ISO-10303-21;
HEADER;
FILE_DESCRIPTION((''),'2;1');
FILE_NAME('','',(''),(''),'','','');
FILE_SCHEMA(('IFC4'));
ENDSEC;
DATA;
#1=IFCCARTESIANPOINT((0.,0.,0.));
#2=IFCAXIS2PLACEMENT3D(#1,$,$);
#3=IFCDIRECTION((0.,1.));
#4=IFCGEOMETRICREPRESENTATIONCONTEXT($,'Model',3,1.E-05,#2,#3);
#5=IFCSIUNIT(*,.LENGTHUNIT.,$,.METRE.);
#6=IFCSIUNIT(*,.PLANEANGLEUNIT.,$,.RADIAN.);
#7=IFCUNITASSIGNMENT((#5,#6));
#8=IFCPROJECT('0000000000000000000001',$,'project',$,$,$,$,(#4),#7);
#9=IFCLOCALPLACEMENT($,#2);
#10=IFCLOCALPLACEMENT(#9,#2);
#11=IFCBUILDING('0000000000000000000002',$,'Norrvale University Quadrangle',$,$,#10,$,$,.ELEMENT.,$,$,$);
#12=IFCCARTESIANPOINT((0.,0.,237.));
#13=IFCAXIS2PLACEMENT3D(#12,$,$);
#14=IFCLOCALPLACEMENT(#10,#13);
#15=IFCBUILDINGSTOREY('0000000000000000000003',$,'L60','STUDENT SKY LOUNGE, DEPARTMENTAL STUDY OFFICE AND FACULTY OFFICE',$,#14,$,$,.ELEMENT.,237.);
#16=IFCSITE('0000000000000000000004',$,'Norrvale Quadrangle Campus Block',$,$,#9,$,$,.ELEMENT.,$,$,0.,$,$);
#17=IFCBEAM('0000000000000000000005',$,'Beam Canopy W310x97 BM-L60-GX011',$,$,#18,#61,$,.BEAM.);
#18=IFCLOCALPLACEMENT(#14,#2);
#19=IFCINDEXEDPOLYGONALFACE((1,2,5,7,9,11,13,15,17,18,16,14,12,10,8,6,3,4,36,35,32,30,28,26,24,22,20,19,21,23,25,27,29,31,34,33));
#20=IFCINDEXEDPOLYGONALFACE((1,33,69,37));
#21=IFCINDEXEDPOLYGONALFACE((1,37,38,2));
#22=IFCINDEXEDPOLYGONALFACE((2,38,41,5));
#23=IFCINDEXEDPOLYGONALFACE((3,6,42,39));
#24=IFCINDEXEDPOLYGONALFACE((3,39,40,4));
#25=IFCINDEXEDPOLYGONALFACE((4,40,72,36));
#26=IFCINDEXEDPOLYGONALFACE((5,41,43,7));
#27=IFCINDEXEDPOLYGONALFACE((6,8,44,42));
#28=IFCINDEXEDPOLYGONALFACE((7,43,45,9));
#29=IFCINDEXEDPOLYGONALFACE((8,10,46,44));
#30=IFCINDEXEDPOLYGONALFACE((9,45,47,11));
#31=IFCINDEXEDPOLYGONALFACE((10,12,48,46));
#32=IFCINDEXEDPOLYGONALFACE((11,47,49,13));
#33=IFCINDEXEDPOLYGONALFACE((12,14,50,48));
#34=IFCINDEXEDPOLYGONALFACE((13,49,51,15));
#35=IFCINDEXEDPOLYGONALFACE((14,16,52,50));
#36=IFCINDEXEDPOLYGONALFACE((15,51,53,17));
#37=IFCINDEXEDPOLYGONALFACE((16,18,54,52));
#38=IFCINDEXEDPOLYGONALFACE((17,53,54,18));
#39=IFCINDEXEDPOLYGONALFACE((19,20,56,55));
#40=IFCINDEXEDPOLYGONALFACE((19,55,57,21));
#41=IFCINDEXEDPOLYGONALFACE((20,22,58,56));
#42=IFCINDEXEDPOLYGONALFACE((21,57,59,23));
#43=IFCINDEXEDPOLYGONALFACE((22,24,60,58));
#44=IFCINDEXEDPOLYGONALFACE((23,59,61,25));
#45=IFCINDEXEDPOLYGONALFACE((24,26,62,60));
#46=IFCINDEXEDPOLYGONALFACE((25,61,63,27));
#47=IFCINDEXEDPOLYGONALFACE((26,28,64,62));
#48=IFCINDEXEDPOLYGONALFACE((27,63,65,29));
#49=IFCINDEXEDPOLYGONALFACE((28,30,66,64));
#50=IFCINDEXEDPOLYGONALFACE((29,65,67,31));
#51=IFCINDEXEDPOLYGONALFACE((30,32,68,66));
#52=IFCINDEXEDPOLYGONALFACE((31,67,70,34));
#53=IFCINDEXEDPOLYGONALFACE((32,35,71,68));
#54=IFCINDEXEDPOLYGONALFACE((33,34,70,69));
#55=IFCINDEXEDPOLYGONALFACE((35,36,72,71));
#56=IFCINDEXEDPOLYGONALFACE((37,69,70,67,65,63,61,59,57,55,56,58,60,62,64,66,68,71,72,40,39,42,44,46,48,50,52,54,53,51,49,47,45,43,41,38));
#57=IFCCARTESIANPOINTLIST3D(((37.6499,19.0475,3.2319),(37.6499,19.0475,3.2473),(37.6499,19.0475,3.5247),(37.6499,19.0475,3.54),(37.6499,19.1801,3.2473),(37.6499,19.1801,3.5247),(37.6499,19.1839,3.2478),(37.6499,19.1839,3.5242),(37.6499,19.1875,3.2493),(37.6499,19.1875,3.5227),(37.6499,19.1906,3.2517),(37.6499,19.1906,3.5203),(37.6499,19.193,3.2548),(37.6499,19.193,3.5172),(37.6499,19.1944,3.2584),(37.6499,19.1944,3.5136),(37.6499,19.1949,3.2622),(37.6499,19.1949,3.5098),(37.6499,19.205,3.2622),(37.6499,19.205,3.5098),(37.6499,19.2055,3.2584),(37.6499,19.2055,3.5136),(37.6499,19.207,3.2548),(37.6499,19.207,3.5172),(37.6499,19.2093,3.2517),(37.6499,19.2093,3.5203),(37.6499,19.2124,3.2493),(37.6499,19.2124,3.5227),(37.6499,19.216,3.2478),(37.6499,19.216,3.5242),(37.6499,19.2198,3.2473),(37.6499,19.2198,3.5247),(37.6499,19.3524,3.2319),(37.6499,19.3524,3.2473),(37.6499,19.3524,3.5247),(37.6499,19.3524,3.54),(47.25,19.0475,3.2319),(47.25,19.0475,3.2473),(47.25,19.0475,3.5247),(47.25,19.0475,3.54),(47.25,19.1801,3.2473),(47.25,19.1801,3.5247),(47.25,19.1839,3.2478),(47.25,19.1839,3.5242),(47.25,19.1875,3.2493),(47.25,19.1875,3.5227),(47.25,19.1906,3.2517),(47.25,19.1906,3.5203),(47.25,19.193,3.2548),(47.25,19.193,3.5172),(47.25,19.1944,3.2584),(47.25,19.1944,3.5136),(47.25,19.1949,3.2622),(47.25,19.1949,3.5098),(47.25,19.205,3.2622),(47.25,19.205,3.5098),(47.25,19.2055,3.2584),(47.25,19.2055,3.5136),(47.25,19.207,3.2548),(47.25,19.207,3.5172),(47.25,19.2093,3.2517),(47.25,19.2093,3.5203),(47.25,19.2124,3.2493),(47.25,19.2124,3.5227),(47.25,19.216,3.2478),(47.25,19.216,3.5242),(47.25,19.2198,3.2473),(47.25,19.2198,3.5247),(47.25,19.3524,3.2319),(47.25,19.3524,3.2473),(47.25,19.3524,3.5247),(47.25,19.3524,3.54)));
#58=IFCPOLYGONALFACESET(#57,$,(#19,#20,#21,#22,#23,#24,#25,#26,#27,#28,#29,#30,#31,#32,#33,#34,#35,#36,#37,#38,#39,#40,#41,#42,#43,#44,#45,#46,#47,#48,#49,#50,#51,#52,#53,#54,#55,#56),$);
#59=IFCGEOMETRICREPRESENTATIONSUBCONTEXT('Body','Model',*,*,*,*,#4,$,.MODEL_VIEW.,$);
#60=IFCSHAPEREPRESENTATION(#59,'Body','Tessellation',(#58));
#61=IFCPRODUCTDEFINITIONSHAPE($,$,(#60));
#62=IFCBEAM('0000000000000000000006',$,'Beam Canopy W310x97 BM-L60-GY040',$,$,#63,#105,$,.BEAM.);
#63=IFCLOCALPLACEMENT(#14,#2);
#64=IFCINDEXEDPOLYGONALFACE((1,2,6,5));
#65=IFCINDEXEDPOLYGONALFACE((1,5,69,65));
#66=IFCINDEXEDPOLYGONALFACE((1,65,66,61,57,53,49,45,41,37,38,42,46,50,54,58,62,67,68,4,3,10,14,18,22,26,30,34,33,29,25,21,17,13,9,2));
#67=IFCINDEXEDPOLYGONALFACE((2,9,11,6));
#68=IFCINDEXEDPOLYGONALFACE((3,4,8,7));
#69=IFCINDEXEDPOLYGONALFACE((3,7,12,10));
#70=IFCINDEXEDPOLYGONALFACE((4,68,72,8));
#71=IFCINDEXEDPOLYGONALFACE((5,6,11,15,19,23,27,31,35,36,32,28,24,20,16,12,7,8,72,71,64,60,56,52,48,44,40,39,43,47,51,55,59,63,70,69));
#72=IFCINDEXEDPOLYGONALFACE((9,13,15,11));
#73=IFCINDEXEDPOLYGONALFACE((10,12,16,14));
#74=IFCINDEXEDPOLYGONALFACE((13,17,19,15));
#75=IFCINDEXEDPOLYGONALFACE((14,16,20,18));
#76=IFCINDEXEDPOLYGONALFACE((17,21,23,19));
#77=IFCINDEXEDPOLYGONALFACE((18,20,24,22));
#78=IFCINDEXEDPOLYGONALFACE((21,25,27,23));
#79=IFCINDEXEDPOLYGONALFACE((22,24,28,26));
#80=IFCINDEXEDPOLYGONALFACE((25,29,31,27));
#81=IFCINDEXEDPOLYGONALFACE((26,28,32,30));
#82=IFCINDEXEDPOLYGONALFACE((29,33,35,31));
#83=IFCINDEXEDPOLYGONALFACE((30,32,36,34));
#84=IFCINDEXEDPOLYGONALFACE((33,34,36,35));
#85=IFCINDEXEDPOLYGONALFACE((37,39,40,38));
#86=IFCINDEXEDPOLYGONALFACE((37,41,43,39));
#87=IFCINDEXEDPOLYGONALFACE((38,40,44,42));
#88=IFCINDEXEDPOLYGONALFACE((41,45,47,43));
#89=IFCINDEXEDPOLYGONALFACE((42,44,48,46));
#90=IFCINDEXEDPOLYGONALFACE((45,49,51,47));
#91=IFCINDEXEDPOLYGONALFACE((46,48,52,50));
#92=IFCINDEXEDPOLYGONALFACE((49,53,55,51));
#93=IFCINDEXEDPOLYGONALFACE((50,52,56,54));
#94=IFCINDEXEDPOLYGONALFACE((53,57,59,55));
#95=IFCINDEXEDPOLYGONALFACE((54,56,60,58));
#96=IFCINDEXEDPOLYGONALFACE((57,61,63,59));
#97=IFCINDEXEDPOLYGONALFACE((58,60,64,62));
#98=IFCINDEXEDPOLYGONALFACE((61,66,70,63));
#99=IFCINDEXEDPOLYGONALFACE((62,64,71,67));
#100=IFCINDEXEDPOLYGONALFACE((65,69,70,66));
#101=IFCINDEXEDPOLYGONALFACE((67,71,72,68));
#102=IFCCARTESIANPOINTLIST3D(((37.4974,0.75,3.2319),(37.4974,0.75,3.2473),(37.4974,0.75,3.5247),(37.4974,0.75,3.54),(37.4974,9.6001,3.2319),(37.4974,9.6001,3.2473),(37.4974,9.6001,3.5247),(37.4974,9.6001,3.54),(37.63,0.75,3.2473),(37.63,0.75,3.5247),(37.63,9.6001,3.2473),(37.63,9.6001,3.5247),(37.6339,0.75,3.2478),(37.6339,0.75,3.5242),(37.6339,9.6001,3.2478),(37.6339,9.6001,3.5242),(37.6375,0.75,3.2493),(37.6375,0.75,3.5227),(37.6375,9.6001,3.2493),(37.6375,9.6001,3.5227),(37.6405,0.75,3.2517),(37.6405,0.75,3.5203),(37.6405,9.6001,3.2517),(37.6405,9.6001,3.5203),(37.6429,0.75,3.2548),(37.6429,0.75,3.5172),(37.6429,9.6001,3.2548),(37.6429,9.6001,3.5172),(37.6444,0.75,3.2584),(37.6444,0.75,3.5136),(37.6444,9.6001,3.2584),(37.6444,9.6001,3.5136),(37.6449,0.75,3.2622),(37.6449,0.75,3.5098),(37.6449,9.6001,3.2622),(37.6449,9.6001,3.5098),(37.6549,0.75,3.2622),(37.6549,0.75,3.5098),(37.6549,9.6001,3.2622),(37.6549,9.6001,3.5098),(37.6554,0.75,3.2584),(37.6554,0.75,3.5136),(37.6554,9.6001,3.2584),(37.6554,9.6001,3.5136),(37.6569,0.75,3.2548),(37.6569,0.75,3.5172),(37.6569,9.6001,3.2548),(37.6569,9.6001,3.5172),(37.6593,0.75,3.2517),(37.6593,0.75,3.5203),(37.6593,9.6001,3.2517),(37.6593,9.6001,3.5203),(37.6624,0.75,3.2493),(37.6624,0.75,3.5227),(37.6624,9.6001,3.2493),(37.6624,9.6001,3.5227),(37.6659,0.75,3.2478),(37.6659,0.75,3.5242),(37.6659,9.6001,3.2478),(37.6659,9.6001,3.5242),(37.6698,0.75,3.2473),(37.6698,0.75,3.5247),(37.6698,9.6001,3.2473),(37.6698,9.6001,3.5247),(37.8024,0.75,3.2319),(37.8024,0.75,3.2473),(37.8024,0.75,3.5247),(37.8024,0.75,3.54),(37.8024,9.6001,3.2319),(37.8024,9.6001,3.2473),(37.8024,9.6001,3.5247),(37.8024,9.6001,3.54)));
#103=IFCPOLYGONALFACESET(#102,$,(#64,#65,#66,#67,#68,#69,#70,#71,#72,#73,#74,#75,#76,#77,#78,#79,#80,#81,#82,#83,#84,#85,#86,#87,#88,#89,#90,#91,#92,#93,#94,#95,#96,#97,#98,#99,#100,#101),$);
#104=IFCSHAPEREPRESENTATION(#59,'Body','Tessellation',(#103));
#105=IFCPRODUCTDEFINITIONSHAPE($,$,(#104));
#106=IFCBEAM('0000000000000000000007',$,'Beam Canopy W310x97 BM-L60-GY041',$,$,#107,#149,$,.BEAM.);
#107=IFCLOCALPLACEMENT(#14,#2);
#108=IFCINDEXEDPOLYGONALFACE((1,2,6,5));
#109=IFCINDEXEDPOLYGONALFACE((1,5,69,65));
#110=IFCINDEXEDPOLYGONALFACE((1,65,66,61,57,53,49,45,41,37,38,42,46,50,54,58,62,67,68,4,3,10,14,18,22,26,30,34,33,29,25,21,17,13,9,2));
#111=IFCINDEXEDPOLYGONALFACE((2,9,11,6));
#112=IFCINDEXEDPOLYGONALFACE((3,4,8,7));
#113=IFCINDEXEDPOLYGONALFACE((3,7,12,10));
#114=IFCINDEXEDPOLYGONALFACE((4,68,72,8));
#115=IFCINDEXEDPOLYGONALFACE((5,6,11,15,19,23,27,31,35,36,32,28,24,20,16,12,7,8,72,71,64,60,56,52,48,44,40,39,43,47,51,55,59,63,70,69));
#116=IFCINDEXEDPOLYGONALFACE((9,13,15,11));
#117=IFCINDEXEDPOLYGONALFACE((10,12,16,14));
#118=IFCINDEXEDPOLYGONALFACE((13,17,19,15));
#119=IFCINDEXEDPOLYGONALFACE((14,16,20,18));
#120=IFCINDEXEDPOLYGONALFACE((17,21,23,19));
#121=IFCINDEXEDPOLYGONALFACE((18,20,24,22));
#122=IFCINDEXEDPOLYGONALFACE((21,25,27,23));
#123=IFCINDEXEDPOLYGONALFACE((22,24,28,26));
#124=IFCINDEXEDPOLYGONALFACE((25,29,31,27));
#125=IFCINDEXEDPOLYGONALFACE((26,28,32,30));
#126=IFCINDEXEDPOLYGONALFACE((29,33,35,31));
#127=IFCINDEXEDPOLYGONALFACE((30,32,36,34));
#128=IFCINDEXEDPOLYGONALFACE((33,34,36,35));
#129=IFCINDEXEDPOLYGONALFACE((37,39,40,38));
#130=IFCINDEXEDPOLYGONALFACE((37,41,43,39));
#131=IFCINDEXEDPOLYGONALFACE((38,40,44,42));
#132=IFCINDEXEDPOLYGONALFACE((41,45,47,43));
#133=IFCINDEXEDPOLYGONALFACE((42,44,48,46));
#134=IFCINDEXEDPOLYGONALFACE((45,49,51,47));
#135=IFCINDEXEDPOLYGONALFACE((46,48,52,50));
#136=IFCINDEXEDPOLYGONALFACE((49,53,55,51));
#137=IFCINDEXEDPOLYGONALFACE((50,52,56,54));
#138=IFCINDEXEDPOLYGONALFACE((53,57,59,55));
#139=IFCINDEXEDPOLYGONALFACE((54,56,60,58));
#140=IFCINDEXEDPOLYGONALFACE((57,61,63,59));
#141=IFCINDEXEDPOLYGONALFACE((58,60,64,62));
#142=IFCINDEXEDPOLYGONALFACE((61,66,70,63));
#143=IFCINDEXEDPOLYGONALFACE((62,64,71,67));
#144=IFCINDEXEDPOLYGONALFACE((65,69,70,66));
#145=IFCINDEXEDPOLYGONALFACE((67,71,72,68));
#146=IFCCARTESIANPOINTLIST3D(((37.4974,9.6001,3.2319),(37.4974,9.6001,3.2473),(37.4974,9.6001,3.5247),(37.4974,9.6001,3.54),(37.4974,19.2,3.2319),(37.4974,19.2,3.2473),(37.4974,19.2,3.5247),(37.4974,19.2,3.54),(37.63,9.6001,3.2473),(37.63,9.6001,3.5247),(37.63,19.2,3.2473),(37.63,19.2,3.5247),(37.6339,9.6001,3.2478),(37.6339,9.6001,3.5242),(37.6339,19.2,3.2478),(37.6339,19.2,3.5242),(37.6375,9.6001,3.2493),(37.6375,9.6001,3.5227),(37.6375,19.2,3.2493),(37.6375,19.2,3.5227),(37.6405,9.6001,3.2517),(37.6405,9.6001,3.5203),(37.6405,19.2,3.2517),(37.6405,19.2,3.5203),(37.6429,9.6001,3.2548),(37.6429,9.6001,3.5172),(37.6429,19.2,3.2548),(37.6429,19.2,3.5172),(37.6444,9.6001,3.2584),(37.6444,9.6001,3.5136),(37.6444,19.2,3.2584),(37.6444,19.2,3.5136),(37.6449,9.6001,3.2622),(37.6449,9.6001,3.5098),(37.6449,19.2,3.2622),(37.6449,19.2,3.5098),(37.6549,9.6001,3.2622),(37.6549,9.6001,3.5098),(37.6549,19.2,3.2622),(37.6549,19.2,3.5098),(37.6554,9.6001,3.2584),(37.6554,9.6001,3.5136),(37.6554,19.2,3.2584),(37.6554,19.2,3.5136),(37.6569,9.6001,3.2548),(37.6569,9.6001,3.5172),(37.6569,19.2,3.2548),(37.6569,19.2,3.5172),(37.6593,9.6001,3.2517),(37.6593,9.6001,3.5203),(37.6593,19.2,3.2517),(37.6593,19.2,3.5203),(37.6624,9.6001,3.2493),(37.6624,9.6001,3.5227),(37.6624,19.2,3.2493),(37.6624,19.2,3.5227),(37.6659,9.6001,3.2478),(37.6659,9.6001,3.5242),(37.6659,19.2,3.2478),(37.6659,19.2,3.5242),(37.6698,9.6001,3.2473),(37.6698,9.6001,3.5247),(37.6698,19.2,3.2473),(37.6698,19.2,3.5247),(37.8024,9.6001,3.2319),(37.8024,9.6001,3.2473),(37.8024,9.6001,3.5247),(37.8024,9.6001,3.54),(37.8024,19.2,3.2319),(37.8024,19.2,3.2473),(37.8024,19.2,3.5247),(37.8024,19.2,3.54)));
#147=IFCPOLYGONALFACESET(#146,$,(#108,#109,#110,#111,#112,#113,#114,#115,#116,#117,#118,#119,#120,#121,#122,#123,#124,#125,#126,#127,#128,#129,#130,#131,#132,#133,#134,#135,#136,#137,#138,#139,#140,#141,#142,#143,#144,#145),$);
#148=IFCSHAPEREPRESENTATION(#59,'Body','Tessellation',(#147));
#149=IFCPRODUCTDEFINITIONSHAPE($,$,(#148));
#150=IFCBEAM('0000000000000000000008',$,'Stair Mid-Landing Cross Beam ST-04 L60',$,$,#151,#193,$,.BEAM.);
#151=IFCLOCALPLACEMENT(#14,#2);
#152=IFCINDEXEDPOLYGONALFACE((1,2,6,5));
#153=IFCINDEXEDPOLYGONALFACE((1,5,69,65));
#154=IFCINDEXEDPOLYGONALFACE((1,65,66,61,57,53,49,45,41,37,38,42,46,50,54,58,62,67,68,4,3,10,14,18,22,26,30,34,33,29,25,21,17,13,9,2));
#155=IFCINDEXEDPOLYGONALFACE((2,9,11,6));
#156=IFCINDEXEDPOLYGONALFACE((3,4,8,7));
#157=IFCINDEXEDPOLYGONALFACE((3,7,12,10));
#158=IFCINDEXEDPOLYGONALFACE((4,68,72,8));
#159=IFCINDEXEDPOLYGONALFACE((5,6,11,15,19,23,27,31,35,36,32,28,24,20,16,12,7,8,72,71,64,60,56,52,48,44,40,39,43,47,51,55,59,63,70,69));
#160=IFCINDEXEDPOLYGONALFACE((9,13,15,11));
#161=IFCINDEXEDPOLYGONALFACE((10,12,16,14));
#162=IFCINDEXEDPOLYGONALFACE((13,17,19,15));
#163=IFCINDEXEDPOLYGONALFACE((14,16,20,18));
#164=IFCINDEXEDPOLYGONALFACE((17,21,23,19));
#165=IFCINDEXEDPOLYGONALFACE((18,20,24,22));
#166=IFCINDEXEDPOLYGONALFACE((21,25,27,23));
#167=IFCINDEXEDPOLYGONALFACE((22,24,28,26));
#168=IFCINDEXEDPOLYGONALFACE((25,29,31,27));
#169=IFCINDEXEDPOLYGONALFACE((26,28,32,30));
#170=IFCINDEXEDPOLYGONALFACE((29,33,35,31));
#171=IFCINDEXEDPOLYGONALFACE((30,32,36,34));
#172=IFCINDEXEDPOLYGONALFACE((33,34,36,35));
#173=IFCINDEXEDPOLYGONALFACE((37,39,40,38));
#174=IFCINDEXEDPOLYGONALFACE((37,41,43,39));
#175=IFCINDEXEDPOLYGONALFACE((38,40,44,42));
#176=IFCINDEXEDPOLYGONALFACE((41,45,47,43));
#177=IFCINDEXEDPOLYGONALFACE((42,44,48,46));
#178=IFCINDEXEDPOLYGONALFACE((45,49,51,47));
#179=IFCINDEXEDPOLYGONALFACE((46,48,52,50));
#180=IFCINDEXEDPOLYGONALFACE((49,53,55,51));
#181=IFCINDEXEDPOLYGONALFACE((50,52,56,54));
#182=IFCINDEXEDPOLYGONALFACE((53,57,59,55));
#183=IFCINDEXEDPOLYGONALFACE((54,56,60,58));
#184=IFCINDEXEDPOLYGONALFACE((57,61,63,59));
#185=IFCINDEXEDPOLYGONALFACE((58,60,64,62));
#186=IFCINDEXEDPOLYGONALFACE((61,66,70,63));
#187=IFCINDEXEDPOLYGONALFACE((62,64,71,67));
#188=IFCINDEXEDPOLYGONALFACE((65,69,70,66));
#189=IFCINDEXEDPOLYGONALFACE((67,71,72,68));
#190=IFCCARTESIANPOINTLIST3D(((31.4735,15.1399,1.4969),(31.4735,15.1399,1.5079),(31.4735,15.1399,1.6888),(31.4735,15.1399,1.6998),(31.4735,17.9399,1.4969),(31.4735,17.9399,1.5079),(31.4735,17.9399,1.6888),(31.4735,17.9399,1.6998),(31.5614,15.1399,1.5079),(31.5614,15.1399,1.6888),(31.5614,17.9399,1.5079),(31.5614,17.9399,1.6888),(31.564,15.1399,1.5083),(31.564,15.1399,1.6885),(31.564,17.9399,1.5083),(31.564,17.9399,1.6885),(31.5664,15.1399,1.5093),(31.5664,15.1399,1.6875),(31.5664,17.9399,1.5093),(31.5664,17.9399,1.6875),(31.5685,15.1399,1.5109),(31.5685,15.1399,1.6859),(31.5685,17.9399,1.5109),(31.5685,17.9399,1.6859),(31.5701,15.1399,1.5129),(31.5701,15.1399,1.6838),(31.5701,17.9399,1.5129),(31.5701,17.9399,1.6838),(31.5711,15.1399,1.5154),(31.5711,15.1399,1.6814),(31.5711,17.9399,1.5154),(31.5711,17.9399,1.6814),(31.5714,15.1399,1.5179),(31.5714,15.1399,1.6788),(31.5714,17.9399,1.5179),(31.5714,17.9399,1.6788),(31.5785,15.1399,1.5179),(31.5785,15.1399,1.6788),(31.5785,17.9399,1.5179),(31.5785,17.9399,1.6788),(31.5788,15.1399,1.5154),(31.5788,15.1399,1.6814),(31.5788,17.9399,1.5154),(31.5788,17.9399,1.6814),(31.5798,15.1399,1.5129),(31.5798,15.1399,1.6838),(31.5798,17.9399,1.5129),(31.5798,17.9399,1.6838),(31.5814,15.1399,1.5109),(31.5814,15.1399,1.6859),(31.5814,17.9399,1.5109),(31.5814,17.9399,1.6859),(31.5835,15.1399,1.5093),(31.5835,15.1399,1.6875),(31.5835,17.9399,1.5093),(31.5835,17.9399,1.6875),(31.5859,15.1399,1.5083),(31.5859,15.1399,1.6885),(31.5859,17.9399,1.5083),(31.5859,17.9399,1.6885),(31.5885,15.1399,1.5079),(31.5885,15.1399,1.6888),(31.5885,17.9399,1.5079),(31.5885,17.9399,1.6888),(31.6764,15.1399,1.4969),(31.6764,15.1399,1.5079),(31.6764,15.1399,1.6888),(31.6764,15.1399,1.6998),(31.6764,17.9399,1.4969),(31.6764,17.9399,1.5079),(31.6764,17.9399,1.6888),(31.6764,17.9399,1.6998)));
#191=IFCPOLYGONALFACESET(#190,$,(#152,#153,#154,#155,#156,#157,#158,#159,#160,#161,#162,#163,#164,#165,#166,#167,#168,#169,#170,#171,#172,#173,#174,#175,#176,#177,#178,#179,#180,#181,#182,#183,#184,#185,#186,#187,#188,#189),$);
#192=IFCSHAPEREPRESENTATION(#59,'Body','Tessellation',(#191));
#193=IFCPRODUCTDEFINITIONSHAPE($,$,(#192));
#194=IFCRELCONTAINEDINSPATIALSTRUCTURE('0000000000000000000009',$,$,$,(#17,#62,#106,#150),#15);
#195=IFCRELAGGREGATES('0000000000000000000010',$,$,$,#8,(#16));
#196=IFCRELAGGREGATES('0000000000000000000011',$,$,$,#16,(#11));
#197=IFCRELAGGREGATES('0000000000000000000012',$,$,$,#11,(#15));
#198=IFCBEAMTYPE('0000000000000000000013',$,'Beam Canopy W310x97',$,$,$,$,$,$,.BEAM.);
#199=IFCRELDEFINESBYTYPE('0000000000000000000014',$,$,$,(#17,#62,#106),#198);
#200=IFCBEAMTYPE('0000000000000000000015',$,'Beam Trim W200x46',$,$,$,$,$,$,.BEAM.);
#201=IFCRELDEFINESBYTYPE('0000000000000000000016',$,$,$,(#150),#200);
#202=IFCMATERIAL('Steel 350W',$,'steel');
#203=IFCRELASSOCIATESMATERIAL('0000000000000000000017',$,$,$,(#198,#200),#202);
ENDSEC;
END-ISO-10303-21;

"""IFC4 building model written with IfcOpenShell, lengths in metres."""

from ifc_helpers import new_model, si_unit, direction, frame, origin, origin_2d, place, context, subcontext, project, spatial, i_section, extrude, material, material_profile, profile_set, type_object, element, save


model = new_model("IFC4")

# Units and contexts
model_context = context("Model", 3, precision=1e-05, world=origin(), true_north=direction((0.0, 1.0)))
body_context = subcontext(model_context, "Body", "Model", "MODEL_VIEW")
ifc_project = project(units=[si_unit("LENGTHUNIT", "METRE"), si_unit("PLANEANGLEUNIT", "RADIAN")], contexts=[model_context])

# Site, building, storey
site_placement = place(None, origin())
site = spatial("IfcSite", under=ifc_project, at=site_placement, Name="Norrvale Quadrangle Campus Block", CompositionType="ELEMENT", RefElevation=0.0)
building_placement = place(site_placement, origin())
building = spatial("IfcBuilding", under=site, at=building_placement, Name="Norrvale University Quadrangle", CompositionType="ELEMENT")
storey_placement = place(building_placement, frame((0.0, 0.0, 237.0)))
storey = spatial("IfcBuildingStorey", under=building, at=storey_placement, Name="L60", Description="STUDENT SKY LOUNGE, DEPARTMENTAL STUDY OFFICE AND FACULTY OFFICE", CompositionType="ELEMENT", Elevation=237.0)

# Beams
ifc_material_1 = material(Name="Steel 350W", Category="steel")
ifc_material_profile_1 = material_profile(ifc_material_1, i_section(OverallWidth=0.3049, OverallDepth=0.3081, WebThickness=0.01, FlangeThickness=0.0154, FilletRadius=0.0149, at=origin_2d()), Name="Steel 350W")
ifc_profile_set_1 = profile_set([ifc_material_profile_1], Name="Steel 350W")
beam_type_1 = type_object("IfcBeamType", Name="Beam Canopy W310x97", PredefinedType="BEAM", material=ifc_profile_set_1)
for number, where, z_axis, x_axis, name in (
    (1, (37.6499, 19.2, 3.386), (1.0, 0.0, 0.0), (0.0, 1.0, 0.0), "Beam Canopy W310x97 BM-L60-GX011"),
):
    element("IfcBeam", number, at=place(storey_placement, frame(where, z_axis=z_axis, x_axis=x_axis)), inside=storey, type_object=beam_type_1, Name=name, PredefinedType="BEAM", context=body_context, shape_type="SweptSolid", body=[
        extrude(i_section(OverallWidth=0.3049, OverallDepth=0.3081, WebThickness=0.01, FlangeThickness=0.0154, FilletRadius=0.0149, at=origin_2d()), origin(), (0.0, 0.0, 1.0), 9.6001),
    ])
beam_1_placement = place(storey_placement, frame((37.6499, 0.75, 3.386), z_axis=(0.0, 1.0, 0.0), x_axis=(-1.0, 0.0, 0.0)))
element("IfcBeam", 2, at=beam_1_placement, inside=storey, type_object=beam_type_1, Name="Beam Canopy W310x97 BM-L60-GY040", PredefinedType="BEAM", context=body_context, shape_type="SweptSolid", body=[
    extrude(i_section(OverallWidth=0.3049, OverallDepth=0.3081, WebThickness=0.01, FlangeThickness=0.0154, FilletRadius=0.0149, at=origin_2d()), origin(), (0.0, 0.0, 1.0), 8.8501),
])
beam_2_placement = place(storey_placement, frame((37.6499, 9.6001, 3.386), z_axis=(0.0, 1.0, 0.0), x_axis=(-1.0, 0.0, 0.0)))
element("IfcBeam", 3, at=beam_2_placement, inside=storey, type_object=beam_type_1, Name="Beam Canopy W310x97 BM-L60-GY041", PredefinedType="BEAM", context=body_context, shape_type="SweptSolid", body=[
    extrude(i_section(OverallWidth=0.3049, OverallDepth=0.3081, WebThickness=0.01, FlangeThickness=0.0154, FilletRadius=0.0149, at=origin_2d()), origin(), (0.0, 0.0, 1.0), 9.5999),
])
ifc_material_profile_2 = material_profile(ifc_material_1, i_section(OverallWidth=0.2029, OverallDepth=0.2029, WebThickness=0.0071, FlangeThickness=0.011, FilletRadius=0.01, at=origin_2d()), Name="Steel 350W")
ifc_profile_set_2 = profile_set([ifc_material_profile_2], Name="Steel 350W")
beam_type_2 = type_object("IfcBeamType", Name="Beam Trim W200x46", PredefinedType="BEAM", material=ifc_profile_set_2)
beam_3_placement = place(storey_placement, frame((31.575, 15.1399, 1.5984), z_axis=(0.0, 1.0, 0.0), x_axis=(-1.0, 0.0, 0.0)))
element("IfcBeam", 4, at=beam_3_placement, inside=storey, type_object=beam_type_2, Name="Stair Mid-Landing Cross Beam ST-04 L60", PredefinedType="BEAM", context=body_context, shape_type="SweptSolid", body=[
    extrude(i_section(OverallWidth=0.2029, OverallDepth=0.2029, WebThickness=0.0071, FlangeThickness=0.011, FilletRadius=0.01, at=origin_2d()), origin(), (0.0, 0.0, 1.0), 2.8),
])

save(model, "model.ifc")
